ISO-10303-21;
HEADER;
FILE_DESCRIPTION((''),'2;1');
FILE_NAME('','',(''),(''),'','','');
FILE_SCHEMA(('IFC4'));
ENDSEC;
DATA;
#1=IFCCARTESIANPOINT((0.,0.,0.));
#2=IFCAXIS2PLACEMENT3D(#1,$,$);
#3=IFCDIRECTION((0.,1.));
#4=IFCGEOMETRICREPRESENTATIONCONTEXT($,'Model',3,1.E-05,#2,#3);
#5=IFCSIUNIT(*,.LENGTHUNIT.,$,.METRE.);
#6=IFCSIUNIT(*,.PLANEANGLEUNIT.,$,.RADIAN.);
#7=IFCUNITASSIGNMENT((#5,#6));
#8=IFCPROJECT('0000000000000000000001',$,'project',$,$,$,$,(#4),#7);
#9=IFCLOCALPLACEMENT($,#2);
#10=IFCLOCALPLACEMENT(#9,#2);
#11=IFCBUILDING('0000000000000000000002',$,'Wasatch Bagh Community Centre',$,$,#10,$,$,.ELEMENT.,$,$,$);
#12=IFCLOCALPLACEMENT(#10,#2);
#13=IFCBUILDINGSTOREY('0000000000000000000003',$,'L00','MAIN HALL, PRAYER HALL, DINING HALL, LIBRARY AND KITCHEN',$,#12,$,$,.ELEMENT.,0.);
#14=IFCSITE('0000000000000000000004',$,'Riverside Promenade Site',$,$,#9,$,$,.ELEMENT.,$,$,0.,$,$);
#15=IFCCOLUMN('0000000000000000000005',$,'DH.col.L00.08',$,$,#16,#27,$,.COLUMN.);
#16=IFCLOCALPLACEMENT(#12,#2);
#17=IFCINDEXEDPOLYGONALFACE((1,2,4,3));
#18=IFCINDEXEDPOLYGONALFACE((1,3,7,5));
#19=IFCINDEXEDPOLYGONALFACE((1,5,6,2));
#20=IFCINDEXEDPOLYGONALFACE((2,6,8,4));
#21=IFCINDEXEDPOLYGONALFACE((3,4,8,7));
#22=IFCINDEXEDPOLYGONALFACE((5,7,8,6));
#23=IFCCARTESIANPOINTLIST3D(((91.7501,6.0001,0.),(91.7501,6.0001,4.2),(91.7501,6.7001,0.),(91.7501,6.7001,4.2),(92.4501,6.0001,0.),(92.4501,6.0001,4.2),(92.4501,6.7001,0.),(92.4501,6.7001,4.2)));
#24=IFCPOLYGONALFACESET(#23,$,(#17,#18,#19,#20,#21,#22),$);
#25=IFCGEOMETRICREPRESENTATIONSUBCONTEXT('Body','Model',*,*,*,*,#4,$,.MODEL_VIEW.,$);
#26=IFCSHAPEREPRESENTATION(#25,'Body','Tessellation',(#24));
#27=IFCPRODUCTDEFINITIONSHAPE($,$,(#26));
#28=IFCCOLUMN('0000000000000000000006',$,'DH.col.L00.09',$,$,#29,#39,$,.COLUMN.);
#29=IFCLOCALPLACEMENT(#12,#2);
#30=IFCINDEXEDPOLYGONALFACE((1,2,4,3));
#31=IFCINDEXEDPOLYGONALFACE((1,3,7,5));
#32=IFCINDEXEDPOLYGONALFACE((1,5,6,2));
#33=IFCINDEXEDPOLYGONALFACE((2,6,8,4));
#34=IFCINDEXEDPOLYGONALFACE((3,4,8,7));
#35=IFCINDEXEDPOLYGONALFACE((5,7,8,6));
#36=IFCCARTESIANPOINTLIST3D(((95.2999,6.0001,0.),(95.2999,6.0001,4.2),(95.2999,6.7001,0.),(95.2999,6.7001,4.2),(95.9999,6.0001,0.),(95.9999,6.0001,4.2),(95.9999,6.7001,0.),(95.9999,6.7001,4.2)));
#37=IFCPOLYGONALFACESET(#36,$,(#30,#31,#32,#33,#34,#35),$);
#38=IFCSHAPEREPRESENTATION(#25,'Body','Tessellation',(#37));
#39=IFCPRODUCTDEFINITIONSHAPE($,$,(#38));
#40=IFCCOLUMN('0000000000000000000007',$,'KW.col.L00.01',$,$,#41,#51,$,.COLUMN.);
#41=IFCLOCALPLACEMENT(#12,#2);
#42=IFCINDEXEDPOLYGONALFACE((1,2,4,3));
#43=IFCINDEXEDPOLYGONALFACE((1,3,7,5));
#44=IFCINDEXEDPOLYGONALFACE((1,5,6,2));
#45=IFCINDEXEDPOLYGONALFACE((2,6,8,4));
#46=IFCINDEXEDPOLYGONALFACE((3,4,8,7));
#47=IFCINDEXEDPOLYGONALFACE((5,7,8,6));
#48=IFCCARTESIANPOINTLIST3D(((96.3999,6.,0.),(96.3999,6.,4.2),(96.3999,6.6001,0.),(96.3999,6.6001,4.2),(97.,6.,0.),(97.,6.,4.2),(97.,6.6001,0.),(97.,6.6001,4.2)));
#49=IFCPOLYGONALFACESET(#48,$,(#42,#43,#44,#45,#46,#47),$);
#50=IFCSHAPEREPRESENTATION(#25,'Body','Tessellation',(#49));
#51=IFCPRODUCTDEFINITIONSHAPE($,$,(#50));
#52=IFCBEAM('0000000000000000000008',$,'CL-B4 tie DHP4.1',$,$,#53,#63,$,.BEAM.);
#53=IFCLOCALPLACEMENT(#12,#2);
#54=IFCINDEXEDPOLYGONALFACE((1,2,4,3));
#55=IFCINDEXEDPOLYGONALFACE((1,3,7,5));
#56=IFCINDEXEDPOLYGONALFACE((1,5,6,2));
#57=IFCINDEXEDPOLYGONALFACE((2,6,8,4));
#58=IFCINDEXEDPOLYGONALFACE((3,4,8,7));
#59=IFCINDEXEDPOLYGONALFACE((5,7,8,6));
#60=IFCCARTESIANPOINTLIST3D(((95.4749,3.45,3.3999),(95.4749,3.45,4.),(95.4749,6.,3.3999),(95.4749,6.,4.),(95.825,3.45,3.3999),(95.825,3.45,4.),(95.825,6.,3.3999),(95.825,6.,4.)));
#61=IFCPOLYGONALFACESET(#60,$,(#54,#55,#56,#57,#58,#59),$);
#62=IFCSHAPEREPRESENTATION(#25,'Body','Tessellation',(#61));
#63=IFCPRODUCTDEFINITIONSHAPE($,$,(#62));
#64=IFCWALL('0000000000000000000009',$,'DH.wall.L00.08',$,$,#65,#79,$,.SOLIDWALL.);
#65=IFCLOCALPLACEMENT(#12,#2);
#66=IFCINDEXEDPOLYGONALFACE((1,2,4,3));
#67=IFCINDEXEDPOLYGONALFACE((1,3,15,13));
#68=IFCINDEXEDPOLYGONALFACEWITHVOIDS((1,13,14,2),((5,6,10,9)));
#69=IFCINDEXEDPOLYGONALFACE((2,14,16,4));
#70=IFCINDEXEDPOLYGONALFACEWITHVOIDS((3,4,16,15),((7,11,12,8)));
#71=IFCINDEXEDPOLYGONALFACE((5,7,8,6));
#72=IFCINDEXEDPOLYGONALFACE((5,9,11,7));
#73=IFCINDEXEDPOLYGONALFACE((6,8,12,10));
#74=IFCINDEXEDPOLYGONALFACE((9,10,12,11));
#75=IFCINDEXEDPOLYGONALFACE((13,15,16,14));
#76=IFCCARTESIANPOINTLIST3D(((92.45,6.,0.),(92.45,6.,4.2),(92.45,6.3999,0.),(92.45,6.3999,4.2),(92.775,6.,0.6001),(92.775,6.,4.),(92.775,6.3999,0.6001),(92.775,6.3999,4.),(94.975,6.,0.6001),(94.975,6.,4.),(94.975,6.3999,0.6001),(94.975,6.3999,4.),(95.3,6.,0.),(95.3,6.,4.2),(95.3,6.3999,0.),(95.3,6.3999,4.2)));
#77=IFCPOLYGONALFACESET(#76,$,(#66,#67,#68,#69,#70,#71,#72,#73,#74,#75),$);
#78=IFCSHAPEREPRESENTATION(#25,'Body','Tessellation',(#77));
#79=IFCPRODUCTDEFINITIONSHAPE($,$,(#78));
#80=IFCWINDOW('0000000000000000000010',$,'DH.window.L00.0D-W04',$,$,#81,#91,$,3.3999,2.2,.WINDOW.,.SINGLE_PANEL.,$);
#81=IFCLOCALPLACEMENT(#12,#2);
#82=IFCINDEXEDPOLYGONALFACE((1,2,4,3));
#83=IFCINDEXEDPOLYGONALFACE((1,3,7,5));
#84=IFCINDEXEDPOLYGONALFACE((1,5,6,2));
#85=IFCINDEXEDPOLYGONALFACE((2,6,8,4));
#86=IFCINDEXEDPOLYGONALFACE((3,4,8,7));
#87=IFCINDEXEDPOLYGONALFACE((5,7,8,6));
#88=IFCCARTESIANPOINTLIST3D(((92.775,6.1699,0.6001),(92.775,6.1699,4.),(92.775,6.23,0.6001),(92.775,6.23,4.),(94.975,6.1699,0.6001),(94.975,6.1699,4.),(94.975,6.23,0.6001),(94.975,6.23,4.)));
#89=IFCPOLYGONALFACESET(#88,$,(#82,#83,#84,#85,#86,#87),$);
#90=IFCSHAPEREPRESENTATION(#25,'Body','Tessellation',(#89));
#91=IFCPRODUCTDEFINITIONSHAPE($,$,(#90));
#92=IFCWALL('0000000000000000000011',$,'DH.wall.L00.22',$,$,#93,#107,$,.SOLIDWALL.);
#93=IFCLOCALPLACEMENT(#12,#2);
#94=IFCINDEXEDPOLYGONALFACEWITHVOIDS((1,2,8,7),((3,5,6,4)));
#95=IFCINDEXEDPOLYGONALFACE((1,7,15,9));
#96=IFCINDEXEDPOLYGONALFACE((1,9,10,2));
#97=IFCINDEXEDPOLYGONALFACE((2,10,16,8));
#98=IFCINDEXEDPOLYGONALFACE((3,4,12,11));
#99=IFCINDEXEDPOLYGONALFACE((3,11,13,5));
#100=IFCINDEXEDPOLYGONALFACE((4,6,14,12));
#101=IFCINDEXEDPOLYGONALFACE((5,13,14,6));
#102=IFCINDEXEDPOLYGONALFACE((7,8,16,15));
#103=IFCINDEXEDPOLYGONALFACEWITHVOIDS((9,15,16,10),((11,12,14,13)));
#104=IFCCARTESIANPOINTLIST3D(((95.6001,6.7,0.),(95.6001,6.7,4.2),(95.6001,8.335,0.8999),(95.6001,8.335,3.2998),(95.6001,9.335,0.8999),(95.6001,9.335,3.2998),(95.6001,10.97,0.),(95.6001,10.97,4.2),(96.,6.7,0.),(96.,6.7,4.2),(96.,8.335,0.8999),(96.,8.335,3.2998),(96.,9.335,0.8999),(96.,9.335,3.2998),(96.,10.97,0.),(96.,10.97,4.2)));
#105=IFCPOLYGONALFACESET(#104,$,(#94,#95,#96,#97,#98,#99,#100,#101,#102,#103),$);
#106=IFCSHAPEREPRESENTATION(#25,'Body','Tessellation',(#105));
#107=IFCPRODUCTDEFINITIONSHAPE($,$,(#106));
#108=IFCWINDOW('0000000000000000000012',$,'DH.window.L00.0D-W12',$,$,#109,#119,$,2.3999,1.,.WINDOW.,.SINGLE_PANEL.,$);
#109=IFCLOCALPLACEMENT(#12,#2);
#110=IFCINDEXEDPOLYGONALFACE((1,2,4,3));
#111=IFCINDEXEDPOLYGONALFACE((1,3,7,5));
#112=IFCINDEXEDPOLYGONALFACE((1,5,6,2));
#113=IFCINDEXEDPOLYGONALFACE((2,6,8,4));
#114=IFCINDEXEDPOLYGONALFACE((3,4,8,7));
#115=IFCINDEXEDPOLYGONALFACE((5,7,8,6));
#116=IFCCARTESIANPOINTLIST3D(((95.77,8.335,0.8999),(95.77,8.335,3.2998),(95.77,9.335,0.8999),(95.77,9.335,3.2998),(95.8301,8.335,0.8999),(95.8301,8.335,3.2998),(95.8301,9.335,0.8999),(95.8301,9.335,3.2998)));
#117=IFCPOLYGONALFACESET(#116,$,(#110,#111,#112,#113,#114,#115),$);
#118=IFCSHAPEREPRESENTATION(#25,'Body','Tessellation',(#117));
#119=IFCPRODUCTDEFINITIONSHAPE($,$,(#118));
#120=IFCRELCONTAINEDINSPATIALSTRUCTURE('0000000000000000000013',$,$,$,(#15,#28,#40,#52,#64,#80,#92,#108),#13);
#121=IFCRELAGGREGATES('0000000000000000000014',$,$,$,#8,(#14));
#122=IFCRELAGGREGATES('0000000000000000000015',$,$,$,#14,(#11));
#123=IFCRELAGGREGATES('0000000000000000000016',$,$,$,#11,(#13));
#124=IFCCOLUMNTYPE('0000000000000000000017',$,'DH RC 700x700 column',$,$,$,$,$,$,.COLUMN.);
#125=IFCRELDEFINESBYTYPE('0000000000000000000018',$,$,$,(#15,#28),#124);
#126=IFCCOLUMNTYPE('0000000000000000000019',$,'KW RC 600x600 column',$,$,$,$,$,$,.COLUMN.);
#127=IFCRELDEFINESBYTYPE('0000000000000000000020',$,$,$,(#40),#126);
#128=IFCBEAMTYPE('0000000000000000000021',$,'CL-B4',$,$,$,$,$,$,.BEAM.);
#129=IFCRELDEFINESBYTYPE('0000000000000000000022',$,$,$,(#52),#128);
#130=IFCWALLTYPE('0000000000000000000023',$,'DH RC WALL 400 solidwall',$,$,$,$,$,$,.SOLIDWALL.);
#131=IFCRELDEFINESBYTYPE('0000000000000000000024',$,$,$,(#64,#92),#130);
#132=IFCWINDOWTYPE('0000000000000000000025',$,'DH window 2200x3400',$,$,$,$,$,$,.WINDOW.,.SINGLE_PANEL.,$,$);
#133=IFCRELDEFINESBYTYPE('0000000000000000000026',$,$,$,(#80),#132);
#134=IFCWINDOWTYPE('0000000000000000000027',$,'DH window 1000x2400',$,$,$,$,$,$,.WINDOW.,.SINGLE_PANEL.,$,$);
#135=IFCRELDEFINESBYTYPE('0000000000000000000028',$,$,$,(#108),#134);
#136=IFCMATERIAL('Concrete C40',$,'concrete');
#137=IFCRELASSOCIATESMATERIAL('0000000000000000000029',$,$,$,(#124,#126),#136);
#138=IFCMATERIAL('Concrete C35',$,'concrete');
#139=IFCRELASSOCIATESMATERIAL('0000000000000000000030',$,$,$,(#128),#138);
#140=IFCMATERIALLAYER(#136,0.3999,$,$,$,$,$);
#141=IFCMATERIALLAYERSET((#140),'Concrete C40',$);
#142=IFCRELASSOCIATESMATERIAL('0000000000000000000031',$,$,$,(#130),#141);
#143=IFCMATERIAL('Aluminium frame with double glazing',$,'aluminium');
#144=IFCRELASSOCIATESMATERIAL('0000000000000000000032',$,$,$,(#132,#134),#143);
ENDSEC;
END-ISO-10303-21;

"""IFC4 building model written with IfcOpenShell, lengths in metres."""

from ifc_helpers import new_model, si_unit, direction, frame, frame_2d, origin, origin_2d, place, context, subcontext, project, spatial, rectangle, extrude, material, layer, layer_set, material_profile, profile_set, type_object, element, fill, save


model = new_model("IFC4")

# Units and contexts
model_context = context("Model", 3, precision=1e-05, world=origin(), true_north=direction((0.0, 1.0)))
body_context = subcontext(model_context, "Body", "Model", "MODEL_VIEW")
ifc_project = project(units=[si_unit("LENGTHUNIT", "METRE"), si_unit("PLANEANGLEUNIT", "RADIAN")], contexts=[model_context])

# Site, building, storey
site_placement = place(None, origin())
site = spatial("IfcSite", under=ifc_project, at=site_placement, Name="Riverside Promenade Site", CompositionType="ELEMENT", RefElevation=0.0)
building_placement = place(site_placement, origin())
building = spatial("IfcBuilding", under=site, at=building_placement, Name="Wasatch Bagh Community Centre", CompositionType="ELEMENT")
storey_placement = place(building_placement, origin())
storey = spatial("IfcBuildingStorey", under=building, at=storey_placement, Name="L00", Description="MAIN HALL, PRAYER HALL, DINING HALL, LIBRARY AND KITCHEN", CompositionType="ELEMENT", Elevation=0.0)

# Shared definitions
ifc_material_1 = material(Name="Concrete C35", Category="concrete")

# Columns
ifc_material_2 = material(Name="Concrete C40", Category="concrete")
ifc_material_profile_1 = material_profile(ifc_material_2, rectangle(XDim=0.7, YDim=0.7, at=origin_2d()), Name="RC 700x700")
ifc_profile_set_1 = profile_set([ifc_material_profile_1], Name="Concrete C40")
column_type_1 = type_object("IfcColumnType", Name="DH RC 700x700 column", PredefinedType="COLUMN", material=ifc_profile_set_1)
for number, where, z_axis, x_axis, name in (
    (1, (92.1001, 6.3501, 0.0), (0.0, 0.0, 1.0), (1.0, 0.0, 0.0), "DH.col.L00.08"),
    (2, (95.6499, 6.3501, 0.0), (0.0, 0.0, 1.0), (1.0, 0.0, 0.0), "DH.col.L00.09"),
):
    element("IfcColumn", number, at=place(storey_placement, frame(where, z_axis=z_axis, x_axis=x_axis)), inside=storey, type_object=column_type_1, Name=name, PredefinedType="COLUMN", context=body_context, shape_type="SweptSolid", body=[
        extrude(rectangle(XDim=0.7, YDim=0.7, at=origin_2d()), origin(), (0.0, 0.0, 1.0), 4.2),
    ])
ifc_material_profile_2 = material_profile(ifc_material_2, rectangle(XDim=0.6001, YDim=0.6001, at=origin_2d()), Name="RC 600x600")
ifc_profile_set_2 = profile_set([ifc_material_profile_2], Name="Concrete C40")
column_type_2 = type_object("IfcColumnType", Name="KW RC 600x600 column", PredefinedType="COLUMN", material=ifc_profile_set_2)
column_1_placement = place(storey_placement, frame((96.7, 6.3, 0.0), z_axis=(0.0, 0.0, 1.0), x_axis=(1.0, 0.0, 0.0)))
element("IfcColumn", 3, at=column_1_placement, inside=storey, type_object=column_type_2, Name="KW.col.L00.01", PredefinedType="COLUMN", context=body_context, shape_type="SweptSolid", body=[
    extrude(rectangle(XDim=0.6001, YDim=0.6001, at=origin_2d()), origin(), (0.0, 0.0, 1.0), 4.2),
])

# Beam
ifc_material_profile_3 = material_profile(ifc_material_1, rectangle(XDim=0.3501, YDim=0.6001, at=origin_2d()), Name="RC 350x600")
ifc_profile_set_3 = profile_set([ifc_material_profile_3], Name="Concrete C35")
beam_type = type_object("IfcBeamType", Name="CL-B4", PredefinedType="BEAM", material=ifc_profile_set_3)
beam_placement = place(storey_placement, frame((95.6499, 6.0, 3.7), z_axis=(0.0, -1.0, 0.0), x_axis=(1.0, 0.0, 0.0)))
element("IfcBeam", 4, at=beam_placement, inside=storey, type_object=beam_type, Name="CL-B4 tie DHP4.1", PredefinedType="BEAM", context=body_context, shape_type="SweptSolid", body=[
    extrude(rectangle(XDim=0.3501, YDim=0.6001, at=origin_2d()), origin(), (0.0, 0.0, 1.0), 2.55),
])

# Walls, openings, windows
ifc_layer = layer(ifc_material_2, 0.3999)
ifc_layer_set = layer_set([ifc_layer], Name="Concrete C40")
wall_type = type_object("IfcWallType", Name="DH RC WALL 400 solidwall", PredefinedType="SOLIDWALL", material=ifc_layer_set)
wall_1_placement = place(storey_placement, frame((95.3, 6.2, 0.0), z_axis=(0.0, 0.0, 1.0), x_axis=(-1.0, 0.0, 0.0)))
wall_1 = element("IfcWall", 5, at=wall_1_placement, inside=storey, type_object=wall_type, Name="DH.wall.L00.08", PredefinedType="SOLIDWALL", context=body_context, shape_type="SweptSolid", body=[
    extrude(rectangle(XDim=2.8501, YDim=0.3999, at=frame_2d((1.425, 0.0))), origin(), (0.0, 0.0, 1.0), 4.2),
])
opening_1_placement = place(wall_1_placement, frame((0.325, 0.0, 0.6001)))
opening_1 = element("IfcOpeningElement", 6, at=opening_1_placement, cuts=wall_1, PredefinedType="OPENING", context=body_context, shape_type="SweptSolid", body=[
    extrude(rectangle(XDim=2.2, YDim=3.3999, at=frame_2d((1.1001, 1.7))), frame((0.0, 0.21, 0.0), z_axis=(0.0, -1.0, 0.0), x_axis=(1.0, 0.0, 0.0)), (0.0, 0.0, 1.0), 0.4199),
])
ifc_material_3 = material(Name="Aluminium frame with double glazing", Category="aluminium")
window_type_1 = type_object("IfcWindowType", Name="DH window 2200x3400", PartitioningType="SINGLE_PANEL", PredefinedType="WINDOW", material=ifc_material_3)
window_1_placement = place(opening_1_placement, origin())
window_1 = element("IfcWindow", 7, at=window_1_placement, inside=storey, type_object=window_type_1, Name="DH.window.L00.0D-W04", OverallHeight=3.3999, OverallWidth=2.2, PartitioningType="SINGLE_PANEL", PredefinedType="WINDOW", context=body_context, shape_type="SweptSolid", body=[
    extrude(rectangle(XDim=2.2, YDim=3.3999, at=frame_2d((1.1001, 1.7))), frame((0.0, 0.03, 0.0), z_axis=(0.0, -1.0, 0.0), x_axis=(1.0, 0.0, 0.0)), (0.0, 0.0, 1.0), 0.0601),
])
fill(opening_1, window_1)
wall_2_placement = place(storey_placement, frame((95.8, 6.7, 0.0), z_axis=(0.0, 0.0, 1.0), x_axis=(0.0, 1.0, 0.0)))
wall_2 = element("IfcWall", 8, at=wall_2_placement, inside=storey, type_object=wall_type, Name="DH.wall.L00.22", PredefinedType="SOLIDWALL", context=body_context, shape_type="SweptSolid", body=[
    extrude(rectangle(XDim=4.27, YDim=0.3999, at=frame_2d((2.135, 0.0))), origin(), (0.0, 0.0, 1.0), 4.2),
])
opening_2_placement = place(wall_2_placement, frame((1.635, 0.0, 0.8999)))
opening_2 = element("IfcOpeningElement", 9, at=opening_2_placement, cuts=wall_2, PredefinedType="OPENING", context=body_context, shape_type="SweptSolid", body=[
    extrude(rectangle(XDim=1.0, YDim=2.3999, at=frame_2d((0.5, 1.2))), frame((0.0, 0.21, 0.0), z_axis=(0.0, -1.0, 0.0), x_axis=(1.0, 0.0, 0.0)), (0.0, 0.0, 1.0), 0.4199),
])
window_type_2 = type_object("IfcWindowType", Name="DH window 1000x2400", PartitioningType="SINGLE_PANEL", PredefinedType="WINDOW", material=ifc_material_3)
window_2_placement = place(opening_2_placement, origin())
window_2 = element("IfcWindow", 10, at=window_2_placement, inside=storey, type_object=window_type_2, Name="DH.window.L00.0D-W12", OverallHeight=2.3999, OverallWidth=1.0, PartitioningType="SINGLE_PANEL", PredefinedType="WINDOW", context=body_context, shape_type="SweptSolid", body=[
    extrude(rectangle(XDim=1.0, YDim=2.3999, at=frame_2d((0.5, 1.2))), frame((0.0, 0.03, 0.0), z_axis=(0.0, -1.0, 0.0), x_axis=(1.0, 0.0, 0.0)), (0.0, 0.0, 1.0), 0.0601),
])
fill(opening_2, window_2)

save(model, "model.ifc")
